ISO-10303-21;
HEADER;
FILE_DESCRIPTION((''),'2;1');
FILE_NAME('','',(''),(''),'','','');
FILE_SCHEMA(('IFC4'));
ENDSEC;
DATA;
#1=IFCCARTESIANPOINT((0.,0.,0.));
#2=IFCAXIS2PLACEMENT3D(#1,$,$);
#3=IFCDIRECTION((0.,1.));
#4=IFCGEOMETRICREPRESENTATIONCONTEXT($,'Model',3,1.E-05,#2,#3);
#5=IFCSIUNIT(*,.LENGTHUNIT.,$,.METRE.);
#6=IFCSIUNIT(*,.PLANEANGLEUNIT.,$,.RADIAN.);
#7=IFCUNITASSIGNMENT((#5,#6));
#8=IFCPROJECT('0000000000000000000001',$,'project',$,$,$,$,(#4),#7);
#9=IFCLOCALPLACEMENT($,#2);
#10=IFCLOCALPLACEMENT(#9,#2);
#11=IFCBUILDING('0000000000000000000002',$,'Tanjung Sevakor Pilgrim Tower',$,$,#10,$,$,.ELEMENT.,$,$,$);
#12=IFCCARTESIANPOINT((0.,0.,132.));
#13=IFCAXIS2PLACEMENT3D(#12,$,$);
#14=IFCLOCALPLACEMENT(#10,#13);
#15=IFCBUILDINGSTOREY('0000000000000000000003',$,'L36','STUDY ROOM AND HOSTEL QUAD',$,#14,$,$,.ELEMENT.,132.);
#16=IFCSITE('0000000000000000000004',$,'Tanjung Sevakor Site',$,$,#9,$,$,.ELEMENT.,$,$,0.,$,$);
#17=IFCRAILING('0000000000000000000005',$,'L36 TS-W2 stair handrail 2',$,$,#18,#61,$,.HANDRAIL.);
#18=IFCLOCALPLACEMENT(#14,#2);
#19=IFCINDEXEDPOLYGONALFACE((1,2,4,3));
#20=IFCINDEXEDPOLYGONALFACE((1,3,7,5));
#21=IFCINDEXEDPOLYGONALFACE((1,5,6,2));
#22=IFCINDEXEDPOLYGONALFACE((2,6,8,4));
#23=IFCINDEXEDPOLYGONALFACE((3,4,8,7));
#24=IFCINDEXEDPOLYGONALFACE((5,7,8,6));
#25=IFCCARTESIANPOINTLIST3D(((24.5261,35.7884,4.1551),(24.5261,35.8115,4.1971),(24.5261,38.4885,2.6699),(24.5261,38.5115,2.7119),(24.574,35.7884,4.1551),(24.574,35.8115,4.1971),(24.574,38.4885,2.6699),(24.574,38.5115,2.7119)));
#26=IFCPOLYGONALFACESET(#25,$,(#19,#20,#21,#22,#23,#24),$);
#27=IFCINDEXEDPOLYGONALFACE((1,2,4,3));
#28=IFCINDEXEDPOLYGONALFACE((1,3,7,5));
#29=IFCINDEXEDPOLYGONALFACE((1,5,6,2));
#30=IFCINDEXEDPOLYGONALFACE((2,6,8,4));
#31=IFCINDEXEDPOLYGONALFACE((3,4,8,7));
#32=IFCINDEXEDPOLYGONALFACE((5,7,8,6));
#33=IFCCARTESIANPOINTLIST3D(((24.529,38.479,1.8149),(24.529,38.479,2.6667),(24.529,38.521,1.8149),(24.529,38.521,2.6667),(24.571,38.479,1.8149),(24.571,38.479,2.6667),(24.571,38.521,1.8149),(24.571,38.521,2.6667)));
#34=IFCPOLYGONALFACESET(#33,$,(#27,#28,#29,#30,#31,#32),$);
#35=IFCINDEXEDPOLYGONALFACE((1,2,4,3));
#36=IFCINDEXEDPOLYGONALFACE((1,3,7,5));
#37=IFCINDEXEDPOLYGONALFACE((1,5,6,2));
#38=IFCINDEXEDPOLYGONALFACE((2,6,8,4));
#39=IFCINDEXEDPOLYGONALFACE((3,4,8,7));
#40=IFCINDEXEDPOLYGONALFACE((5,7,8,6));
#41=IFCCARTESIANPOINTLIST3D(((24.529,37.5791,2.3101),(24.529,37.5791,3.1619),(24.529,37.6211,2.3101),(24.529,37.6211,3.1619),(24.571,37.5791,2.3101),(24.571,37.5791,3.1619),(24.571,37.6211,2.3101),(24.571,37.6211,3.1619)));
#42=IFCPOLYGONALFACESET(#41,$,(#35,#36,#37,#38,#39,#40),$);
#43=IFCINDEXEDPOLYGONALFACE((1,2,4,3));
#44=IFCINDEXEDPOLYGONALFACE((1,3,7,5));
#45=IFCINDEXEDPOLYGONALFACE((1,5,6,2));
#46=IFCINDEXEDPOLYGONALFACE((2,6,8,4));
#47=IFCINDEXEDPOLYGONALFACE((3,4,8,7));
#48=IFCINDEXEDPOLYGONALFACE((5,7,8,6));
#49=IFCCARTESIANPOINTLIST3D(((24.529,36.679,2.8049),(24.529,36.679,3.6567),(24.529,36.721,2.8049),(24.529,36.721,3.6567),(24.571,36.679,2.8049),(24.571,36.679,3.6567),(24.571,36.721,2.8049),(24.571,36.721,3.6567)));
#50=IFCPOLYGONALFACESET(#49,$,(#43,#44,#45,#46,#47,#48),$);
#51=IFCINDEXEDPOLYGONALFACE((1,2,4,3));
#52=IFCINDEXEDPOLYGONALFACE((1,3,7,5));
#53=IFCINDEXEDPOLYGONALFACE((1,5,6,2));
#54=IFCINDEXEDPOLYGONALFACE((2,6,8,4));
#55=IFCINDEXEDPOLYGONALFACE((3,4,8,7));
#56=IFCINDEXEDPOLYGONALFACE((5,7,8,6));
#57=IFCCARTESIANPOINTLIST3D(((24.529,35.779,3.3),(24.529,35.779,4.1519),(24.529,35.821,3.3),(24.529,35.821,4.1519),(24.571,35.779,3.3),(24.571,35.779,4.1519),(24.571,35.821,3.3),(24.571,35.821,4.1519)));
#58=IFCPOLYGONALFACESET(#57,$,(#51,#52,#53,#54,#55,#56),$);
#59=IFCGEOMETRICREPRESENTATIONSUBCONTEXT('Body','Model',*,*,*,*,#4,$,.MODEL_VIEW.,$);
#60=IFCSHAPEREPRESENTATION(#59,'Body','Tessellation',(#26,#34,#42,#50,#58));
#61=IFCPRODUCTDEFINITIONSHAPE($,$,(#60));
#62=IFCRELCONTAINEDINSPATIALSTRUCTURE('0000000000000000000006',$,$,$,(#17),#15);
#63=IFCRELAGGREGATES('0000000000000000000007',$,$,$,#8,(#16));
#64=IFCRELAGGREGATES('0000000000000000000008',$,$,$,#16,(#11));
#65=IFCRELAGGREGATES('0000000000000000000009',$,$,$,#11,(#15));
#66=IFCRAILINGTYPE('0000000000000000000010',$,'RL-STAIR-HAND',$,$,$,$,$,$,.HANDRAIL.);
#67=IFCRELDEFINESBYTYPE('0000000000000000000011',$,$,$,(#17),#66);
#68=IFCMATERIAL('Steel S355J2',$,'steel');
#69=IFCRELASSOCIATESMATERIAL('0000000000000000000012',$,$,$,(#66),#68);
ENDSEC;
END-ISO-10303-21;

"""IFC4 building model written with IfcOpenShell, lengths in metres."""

from ifc_helpers import new_model, si_unit, direction, frame, origin, place, context, subcontext, project, spatial, rectangle, extrude, material, type_object, element, save


model = new_model("IFC4")

# Units and contexts
model_context = context("Model", 3, precision=1e-05, world=origin(), true_north=direction((0.0, 1.0)))
body_context = subcontext(model_context, "Body", "Model", "MODEL_VIEW")
ifc_project = project(units=[si_unit("LENGTHUNIT", "METRE"), si_unit("PLANEANGLEUNIT", "RADIAN")], contexts=[model_context])

# Site, building, storey
site_placement = place(None, origin())
site = spatial("IfcSite", under=ifc_project, at=site_placement, Name="Tanjung Sevakor Site", CompositionType="ELEMENT", RefElevation=0.0)
building_placement = place(site_placement, origin())
building = spatial("IfcBuilding", under=site, at=building_placement, Name="Tanjung Sevakor Pilgrim Tower", CompositionType="ELEMENT")
storey_placement = place(building_placement, frame((0.0, 0.0, 132.0)))
storey = spatial("IfcBuildingStorey", under=building, at=storey_placement, Name="L36", Description="STUDY ROOM AND HOSTEL QUAD", CompositionType="ELEMENT", Elevation=132.0)

# Railing
ifc_material_1 = material(Name="Steel S355J2", Category="steel")
railing_type_1 = type_object("IfcRailingType", Name="RL-STAIR-HAND", PredefinedType="HANDRAIL", material=ifc_material_1)
railing_1_placement = place(storey_placement, frame((24.55, 38.5, 1.8149)))
element("IfcRailing", 1, at=railing_1_placement, inside=storey, type_object=railing_type_1, Name="L36 TS-W2 stair handrail 2", PredefinedType="HANDRAIL", context=body_context, shape_type="SweptSolid", body=[
    extrude(rectangle(XDim=0.0479, YDim=0.0479), frame((0.0, 0.0, 0.876), z_axis=(0.0, -0.876198, 0.481952), x_axis=(1.0, 0.0, 0.0)), (0.0, 0.0, 1.0), 3.0815),
    extrude(rectangle(XDim=0.042, YDim=0.042), origin(), (0.0, 0.0, 1.0), 0.8518),
    extrude(rectangle(XDim=0.042, YDim=0.042), frame((0.0, -0.8999, 0.4951)), (0.0, 0.0, 1.0), 0.8518),
    extrude(rectangle(XDim=0.042, YDim=0.042), frame((0.0, -1.8, 0.99)), (0.0, 0.0, 1.0), 0.8518),
    extrude(rectangle(XDim=0.042, YDim=0.042), frame((0.0, -2.7, 1.4851)), (0.0, 0.0, 1.0), 0.8518),
])

save(model, "model.ifc")
